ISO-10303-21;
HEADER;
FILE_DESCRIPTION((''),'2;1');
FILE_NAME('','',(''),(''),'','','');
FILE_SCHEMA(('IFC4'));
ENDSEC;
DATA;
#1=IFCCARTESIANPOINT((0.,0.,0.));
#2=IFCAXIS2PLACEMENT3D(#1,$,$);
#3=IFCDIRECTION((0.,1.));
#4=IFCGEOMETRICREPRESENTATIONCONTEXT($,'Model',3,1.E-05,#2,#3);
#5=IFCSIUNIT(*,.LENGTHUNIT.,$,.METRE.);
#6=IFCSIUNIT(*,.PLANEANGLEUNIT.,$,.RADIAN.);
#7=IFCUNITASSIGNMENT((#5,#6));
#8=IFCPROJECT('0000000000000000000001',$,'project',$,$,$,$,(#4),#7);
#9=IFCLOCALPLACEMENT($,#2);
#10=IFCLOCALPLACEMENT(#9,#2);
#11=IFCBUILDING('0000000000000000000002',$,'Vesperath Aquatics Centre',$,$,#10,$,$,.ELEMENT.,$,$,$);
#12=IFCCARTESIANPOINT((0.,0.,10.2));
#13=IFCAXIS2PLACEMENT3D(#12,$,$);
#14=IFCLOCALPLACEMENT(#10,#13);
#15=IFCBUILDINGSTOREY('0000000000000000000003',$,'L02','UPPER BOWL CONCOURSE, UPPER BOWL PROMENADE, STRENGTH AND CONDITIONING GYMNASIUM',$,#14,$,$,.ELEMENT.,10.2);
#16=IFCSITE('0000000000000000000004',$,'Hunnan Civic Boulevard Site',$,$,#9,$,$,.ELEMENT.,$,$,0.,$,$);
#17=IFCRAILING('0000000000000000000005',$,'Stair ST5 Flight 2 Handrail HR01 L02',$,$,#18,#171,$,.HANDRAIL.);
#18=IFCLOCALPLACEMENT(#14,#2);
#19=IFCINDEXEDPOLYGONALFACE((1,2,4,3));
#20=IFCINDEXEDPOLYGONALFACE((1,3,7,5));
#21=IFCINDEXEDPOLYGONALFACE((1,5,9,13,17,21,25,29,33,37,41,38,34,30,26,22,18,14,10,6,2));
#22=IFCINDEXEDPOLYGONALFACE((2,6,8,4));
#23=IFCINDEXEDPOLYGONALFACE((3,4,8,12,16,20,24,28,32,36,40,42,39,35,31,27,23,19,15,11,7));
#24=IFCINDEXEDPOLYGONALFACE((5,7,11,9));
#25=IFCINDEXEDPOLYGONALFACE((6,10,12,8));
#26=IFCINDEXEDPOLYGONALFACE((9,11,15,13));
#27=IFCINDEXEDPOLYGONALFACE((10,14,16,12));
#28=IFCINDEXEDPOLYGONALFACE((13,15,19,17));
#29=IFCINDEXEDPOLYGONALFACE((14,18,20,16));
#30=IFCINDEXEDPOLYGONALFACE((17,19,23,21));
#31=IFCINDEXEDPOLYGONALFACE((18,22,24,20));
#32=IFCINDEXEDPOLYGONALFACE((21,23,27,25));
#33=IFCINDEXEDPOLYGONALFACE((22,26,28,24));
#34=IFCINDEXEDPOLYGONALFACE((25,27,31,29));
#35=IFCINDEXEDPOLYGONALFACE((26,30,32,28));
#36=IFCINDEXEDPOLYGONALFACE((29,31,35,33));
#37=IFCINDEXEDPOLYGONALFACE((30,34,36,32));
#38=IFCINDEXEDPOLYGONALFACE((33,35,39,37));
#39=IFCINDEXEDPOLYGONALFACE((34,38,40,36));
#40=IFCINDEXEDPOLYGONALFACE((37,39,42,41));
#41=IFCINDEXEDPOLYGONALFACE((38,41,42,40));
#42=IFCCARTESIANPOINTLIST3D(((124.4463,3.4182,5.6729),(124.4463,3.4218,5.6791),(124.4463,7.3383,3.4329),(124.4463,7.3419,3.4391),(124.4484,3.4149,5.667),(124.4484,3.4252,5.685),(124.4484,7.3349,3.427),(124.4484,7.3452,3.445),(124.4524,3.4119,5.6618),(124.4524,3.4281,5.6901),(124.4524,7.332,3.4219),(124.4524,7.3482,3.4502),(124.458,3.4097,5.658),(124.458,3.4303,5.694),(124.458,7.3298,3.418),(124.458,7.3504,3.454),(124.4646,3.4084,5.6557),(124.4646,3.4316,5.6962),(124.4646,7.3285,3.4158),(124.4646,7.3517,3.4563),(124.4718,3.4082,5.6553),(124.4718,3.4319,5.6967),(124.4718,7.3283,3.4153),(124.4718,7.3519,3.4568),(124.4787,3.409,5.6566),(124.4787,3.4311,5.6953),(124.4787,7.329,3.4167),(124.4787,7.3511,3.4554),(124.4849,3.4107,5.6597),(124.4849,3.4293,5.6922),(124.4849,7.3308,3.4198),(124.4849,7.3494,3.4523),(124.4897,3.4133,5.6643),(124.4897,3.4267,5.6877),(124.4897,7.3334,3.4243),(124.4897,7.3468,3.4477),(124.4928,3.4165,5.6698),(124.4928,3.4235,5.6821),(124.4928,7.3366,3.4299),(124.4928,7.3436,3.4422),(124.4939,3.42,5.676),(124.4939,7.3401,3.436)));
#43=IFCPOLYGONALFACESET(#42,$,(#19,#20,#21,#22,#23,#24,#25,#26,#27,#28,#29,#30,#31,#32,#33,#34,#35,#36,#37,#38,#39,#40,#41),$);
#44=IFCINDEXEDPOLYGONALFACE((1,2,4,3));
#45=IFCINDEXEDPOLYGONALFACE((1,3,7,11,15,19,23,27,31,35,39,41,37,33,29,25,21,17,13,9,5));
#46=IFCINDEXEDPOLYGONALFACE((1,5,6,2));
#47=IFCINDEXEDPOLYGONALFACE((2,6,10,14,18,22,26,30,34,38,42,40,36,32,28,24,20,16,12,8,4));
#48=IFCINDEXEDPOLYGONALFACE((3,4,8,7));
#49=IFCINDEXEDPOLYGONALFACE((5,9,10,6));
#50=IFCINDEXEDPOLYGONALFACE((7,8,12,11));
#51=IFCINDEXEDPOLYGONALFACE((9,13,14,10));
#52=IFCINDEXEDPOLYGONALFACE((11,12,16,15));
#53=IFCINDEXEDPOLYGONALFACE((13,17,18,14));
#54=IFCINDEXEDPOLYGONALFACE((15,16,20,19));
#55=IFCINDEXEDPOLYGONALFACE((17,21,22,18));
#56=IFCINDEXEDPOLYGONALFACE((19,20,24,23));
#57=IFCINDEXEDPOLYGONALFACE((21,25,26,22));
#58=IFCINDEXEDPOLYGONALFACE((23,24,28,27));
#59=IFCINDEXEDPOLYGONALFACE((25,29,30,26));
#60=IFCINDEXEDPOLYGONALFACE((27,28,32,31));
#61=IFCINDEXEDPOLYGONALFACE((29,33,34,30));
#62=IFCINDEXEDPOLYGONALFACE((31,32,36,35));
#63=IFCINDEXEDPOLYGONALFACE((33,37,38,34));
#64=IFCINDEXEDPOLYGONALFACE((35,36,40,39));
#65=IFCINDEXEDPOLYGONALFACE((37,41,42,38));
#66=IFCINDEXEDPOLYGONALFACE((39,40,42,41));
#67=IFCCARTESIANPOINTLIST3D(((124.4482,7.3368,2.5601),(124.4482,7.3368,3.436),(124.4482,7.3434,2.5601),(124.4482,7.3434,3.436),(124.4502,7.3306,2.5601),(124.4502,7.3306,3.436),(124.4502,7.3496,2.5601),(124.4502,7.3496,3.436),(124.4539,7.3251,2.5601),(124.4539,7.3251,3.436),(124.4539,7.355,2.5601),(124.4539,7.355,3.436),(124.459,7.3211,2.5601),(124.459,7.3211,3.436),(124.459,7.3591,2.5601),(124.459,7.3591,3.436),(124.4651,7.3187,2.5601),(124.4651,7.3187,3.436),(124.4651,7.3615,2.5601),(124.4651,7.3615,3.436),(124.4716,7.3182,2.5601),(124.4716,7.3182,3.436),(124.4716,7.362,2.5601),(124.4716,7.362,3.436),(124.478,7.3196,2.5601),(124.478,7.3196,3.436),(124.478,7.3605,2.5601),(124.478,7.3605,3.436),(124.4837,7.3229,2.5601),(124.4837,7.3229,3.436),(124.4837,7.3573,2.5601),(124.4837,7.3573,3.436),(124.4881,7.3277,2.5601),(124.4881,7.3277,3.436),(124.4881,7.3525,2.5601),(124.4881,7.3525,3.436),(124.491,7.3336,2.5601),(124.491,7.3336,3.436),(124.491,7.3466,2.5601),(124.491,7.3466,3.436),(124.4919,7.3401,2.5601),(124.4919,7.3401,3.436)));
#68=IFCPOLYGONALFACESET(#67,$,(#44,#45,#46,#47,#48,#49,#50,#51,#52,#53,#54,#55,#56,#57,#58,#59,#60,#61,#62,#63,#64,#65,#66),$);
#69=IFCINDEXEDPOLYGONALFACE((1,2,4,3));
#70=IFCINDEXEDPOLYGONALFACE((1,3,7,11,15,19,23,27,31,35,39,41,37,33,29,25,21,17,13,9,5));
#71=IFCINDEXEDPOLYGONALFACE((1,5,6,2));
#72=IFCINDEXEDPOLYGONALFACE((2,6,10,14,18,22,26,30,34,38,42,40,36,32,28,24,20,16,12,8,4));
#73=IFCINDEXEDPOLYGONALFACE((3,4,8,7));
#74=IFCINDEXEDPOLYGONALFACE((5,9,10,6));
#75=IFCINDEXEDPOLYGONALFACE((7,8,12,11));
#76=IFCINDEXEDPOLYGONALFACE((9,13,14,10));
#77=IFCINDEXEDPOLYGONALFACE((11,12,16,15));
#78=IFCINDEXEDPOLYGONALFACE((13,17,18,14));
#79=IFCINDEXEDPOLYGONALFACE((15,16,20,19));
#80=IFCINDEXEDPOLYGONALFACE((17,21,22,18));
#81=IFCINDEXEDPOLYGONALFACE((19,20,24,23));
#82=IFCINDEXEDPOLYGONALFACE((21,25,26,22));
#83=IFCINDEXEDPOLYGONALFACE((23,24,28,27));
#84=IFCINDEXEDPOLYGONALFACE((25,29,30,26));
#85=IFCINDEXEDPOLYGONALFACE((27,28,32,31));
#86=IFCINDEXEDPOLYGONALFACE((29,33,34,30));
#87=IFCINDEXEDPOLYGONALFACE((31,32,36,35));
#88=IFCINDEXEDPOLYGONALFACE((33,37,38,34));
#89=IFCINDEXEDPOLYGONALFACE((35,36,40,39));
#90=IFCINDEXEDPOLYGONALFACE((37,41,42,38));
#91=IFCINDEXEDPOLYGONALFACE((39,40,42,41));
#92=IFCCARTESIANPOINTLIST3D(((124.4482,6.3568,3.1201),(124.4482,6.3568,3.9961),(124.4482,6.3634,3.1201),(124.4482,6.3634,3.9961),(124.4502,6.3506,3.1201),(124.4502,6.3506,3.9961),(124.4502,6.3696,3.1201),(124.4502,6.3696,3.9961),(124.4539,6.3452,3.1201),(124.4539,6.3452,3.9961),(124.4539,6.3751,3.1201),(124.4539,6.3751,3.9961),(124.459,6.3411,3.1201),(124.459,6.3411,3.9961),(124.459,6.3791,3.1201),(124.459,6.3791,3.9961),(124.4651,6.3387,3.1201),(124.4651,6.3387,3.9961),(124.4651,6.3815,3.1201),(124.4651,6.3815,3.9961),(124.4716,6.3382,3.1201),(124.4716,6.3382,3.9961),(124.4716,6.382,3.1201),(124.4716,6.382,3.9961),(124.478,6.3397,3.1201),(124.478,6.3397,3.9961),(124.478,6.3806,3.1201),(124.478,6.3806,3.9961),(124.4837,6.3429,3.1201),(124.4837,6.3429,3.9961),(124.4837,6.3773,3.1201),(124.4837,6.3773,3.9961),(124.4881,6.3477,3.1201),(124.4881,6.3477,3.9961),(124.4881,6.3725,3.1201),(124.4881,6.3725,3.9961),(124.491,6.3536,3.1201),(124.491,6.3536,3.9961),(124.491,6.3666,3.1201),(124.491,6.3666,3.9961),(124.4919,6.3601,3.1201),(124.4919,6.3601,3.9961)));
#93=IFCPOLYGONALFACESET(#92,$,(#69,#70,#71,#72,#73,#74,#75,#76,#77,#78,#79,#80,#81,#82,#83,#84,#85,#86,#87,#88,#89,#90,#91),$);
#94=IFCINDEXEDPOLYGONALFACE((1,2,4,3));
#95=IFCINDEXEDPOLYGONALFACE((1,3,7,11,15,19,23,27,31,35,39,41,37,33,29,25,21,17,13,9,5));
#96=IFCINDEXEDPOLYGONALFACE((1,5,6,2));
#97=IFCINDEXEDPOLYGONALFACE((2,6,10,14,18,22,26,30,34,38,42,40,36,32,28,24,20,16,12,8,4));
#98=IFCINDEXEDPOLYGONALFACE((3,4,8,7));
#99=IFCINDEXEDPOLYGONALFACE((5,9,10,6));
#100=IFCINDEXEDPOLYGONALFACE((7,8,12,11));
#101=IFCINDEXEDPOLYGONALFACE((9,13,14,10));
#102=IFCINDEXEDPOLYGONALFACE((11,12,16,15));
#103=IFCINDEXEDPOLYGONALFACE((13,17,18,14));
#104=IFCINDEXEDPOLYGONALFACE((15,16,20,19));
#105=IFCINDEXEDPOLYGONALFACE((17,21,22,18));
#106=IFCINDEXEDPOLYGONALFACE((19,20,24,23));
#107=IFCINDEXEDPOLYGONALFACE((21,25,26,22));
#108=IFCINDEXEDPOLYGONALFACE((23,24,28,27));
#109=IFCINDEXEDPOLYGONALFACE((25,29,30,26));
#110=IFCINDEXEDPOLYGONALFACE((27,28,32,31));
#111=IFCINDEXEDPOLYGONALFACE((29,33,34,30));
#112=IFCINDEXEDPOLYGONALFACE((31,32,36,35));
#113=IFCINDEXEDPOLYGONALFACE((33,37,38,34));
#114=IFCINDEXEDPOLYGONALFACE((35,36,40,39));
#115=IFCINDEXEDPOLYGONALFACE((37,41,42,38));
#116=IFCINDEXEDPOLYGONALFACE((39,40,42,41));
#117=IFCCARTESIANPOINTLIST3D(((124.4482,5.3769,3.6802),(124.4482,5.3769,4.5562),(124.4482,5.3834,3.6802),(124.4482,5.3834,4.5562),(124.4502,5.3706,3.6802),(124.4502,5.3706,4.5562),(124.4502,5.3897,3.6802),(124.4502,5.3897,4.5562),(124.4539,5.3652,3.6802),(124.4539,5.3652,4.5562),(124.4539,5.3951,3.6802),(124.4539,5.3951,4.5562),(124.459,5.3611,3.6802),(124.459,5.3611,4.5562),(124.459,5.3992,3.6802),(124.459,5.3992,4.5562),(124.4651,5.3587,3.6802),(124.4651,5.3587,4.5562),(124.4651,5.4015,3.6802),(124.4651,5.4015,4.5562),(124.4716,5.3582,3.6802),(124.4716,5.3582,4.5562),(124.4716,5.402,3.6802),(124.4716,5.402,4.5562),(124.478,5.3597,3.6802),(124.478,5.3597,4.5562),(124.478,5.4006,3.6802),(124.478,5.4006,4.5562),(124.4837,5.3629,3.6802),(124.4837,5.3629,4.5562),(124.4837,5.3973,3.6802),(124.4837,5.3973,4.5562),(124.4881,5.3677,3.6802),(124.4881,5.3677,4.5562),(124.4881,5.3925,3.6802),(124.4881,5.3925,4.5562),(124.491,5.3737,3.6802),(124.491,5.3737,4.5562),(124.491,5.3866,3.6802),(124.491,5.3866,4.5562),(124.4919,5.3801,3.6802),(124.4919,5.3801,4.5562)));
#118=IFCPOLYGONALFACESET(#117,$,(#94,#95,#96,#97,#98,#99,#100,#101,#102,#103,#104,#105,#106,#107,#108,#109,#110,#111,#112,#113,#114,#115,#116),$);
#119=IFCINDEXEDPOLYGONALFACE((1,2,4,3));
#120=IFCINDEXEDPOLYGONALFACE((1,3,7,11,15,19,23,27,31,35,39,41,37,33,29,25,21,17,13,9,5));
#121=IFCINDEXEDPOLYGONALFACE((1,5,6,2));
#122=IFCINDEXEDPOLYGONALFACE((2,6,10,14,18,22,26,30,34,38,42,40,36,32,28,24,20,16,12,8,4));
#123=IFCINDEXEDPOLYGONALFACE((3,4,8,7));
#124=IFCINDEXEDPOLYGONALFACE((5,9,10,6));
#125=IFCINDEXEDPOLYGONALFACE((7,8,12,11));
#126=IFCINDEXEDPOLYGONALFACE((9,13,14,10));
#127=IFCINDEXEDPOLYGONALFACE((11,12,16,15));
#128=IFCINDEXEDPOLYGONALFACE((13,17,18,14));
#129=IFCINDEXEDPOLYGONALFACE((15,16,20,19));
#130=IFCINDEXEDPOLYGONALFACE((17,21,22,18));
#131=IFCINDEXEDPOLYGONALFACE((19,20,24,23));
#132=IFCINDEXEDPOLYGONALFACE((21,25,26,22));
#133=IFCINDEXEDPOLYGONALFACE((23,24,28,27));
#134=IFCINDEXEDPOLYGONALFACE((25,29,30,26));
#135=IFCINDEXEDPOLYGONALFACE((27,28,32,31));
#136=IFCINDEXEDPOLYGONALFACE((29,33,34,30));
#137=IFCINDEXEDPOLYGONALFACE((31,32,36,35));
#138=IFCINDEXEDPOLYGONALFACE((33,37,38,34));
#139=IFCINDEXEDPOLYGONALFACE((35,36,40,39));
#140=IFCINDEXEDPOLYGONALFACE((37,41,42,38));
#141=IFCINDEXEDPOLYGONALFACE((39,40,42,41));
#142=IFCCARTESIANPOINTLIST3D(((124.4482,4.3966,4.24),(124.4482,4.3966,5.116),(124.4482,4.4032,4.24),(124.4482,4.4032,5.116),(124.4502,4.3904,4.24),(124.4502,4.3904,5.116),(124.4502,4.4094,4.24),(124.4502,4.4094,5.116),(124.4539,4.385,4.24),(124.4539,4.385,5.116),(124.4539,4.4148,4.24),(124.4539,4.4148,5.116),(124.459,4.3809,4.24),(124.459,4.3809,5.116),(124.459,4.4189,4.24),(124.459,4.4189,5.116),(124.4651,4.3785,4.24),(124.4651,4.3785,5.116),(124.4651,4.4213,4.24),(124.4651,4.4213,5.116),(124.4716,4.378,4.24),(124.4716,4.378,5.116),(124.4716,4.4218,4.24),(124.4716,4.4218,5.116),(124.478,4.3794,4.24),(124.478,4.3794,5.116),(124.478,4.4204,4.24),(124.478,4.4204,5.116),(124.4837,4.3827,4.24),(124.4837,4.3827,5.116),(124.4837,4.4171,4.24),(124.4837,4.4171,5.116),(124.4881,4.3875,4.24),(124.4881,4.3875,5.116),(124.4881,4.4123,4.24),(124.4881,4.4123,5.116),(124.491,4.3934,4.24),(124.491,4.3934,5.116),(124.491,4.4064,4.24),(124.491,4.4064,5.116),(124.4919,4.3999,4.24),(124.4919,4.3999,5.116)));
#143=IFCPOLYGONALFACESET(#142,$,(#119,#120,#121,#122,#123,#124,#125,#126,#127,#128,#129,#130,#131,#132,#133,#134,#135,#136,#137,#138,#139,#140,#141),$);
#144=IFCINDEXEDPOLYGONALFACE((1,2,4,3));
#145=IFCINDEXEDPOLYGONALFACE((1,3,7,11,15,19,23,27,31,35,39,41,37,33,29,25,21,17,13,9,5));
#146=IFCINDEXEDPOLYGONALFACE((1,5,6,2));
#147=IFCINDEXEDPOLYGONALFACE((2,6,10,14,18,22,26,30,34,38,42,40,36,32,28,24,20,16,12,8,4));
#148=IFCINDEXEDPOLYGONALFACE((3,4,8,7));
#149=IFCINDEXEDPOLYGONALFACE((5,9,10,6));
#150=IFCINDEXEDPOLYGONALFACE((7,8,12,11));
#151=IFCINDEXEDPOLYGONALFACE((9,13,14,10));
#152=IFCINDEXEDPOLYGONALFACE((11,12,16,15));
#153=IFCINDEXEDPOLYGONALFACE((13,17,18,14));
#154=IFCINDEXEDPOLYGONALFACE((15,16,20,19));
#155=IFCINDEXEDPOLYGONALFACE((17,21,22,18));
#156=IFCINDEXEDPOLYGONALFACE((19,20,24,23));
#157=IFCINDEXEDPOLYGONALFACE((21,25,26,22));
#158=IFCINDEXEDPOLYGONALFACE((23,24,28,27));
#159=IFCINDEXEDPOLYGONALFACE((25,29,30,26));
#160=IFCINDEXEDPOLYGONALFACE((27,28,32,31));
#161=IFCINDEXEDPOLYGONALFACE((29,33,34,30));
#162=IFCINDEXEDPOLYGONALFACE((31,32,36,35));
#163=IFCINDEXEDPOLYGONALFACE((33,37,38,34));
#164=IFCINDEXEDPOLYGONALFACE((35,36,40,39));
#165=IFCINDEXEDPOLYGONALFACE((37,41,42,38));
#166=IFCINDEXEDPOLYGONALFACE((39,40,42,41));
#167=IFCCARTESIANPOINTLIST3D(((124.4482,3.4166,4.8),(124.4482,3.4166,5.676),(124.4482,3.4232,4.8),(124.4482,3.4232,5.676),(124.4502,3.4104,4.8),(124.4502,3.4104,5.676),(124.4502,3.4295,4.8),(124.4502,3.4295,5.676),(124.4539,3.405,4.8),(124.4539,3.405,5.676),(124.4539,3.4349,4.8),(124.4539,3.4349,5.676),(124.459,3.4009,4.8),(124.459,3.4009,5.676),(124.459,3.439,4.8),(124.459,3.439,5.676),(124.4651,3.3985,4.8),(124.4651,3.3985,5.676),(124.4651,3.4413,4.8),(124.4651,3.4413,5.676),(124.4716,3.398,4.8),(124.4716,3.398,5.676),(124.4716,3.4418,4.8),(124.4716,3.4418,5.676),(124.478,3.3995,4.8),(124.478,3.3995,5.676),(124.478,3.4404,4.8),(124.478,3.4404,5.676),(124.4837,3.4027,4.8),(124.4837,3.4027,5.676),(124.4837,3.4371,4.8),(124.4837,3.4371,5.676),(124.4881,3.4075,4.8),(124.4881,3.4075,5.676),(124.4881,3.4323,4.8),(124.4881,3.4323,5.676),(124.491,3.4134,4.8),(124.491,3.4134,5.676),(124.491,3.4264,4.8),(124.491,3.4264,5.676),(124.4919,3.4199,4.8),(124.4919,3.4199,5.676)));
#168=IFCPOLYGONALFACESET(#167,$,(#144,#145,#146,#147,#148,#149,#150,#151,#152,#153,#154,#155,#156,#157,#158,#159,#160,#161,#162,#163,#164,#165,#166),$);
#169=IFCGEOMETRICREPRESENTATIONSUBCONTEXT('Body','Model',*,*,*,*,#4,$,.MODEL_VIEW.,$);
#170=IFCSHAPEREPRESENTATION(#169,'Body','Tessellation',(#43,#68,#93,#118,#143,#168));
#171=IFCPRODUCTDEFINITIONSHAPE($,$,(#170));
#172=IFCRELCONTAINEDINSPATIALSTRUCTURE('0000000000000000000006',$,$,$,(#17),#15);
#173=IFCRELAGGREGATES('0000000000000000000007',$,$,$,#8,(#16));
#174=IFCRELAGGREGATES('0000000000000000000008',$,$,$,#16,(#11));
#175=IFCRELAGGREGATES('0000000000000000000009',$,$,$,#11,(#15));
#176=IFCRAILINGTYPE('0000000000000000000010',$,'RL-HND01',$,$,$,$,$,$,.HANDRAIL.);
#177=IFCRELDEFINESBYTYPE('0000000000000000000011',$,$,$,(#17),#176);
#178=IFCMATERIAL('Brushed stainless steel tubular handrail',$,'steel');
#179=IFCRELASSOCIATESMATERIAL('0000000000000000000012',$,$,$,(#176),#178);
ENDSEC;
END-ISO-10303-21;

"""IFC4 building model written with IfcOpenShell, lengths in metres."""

from ifc_helpers import new_model, si_unit, direction, frame, origin, origin_2d, place, context, subcontext, project, spatial, circle, extrude, material, type_object, element, save


model = new_model("IFC4")

# Units and contexts
model_context = context("Model", 3, precision=1e-05, world=origin(), true_north=direction((0.0, 1.0)))
body_context = subcontext(model_context, "Body", "Model", "MODEL_VIEW")
ifc_project = project(units=[si_unit("LENGTHUNIT", "METRE"), si_unit("PLANEANGLEUNIT", "RADIAN")], contexts=[model_context])

# Site, building, storey
site_placement = place(None, origin())
site = spatial("IfcSite", under=ifc_project, at=site_placement, Name="Hunnan Civic Boulevard Site", CompositionType="ELEMENT", RefElevation=0.0)
building_placement = place(site_placement, origin())
building = spatial("IfcBuilding", under=site, at=building_placement, Name="Vesperath Aquatics Centre", CompositionType="ELEMENT")
storey_placement = place(building_placement, frame((0.0, 0.0, 10.2)))
storey = spatial("IfcBuildingStorey", under=building, at=storey_placement, Name="L02", Description="UPPER BOWL CONCOURSE, UPPER BOWL PROMENADE, STRENGTH AND CONDITIONING GYMNASIUM", CompositionType="ELEMENT", Elevation=10.2)

# Railing
ifc_material_1 = material(Name="Brushed stainless steel tubular handrail", Category="steel")
railing_type_1 = type_object("IfcRailingType", Name="RL-HND01", PredefinedType="HANDRAIL", material=ifc_material_1)
railing_1_placement = place(storey_placement, frame((124.47, 7.3401, 2.5601)))
element("IfcRailing", 1, at=railing_1_placement, inside=storey, type_object=railing_type_1, Name="Stair ST5 Flight 2 Handrail HR01 L02", PredefinedType="HANDRAIL", context=body_context, shape_type="SweptSolid", body=[
    extrude(circle(Radius=0.0239, at=origin_2d()), frame((0.0, 0.0, 0.876), z_axis=(0.0, -0.868253, 0.496121), x_axis=(1.0, 0.0, 0.0)), (0.0, 0.0, 1.0), 4.5149),
    extrude(circle(Radius=0.022, at=origin_2d()), origin(), (0.0, 0.0, 1.0), 0.876),
    extrude(circle(Radius=0.022, at=origin_2d()), frame((0.0, -0.98, 0.5601)), (0.0, 0.0, 1.0), 0.876),
    extrude(circle(Radius=0.022, at=origin_2d()), frame((0.0, -1.96, 1.1201)), (0.0, 0.0, 1.0), 0.876),
    extrude(circle(Radius=0.022, at=origin_2d()), frame((0.0, -2.9402, 1.6799)), (0.0, 0.0, 1.0), 0.876),
    extrude(circle(Radius=0.022, at=origin_2d()), frame((0.0, -3.9202, 2.24)), (0.0, 0.0, 1.0), 0.876),
])

save(model, "model.ifc")
